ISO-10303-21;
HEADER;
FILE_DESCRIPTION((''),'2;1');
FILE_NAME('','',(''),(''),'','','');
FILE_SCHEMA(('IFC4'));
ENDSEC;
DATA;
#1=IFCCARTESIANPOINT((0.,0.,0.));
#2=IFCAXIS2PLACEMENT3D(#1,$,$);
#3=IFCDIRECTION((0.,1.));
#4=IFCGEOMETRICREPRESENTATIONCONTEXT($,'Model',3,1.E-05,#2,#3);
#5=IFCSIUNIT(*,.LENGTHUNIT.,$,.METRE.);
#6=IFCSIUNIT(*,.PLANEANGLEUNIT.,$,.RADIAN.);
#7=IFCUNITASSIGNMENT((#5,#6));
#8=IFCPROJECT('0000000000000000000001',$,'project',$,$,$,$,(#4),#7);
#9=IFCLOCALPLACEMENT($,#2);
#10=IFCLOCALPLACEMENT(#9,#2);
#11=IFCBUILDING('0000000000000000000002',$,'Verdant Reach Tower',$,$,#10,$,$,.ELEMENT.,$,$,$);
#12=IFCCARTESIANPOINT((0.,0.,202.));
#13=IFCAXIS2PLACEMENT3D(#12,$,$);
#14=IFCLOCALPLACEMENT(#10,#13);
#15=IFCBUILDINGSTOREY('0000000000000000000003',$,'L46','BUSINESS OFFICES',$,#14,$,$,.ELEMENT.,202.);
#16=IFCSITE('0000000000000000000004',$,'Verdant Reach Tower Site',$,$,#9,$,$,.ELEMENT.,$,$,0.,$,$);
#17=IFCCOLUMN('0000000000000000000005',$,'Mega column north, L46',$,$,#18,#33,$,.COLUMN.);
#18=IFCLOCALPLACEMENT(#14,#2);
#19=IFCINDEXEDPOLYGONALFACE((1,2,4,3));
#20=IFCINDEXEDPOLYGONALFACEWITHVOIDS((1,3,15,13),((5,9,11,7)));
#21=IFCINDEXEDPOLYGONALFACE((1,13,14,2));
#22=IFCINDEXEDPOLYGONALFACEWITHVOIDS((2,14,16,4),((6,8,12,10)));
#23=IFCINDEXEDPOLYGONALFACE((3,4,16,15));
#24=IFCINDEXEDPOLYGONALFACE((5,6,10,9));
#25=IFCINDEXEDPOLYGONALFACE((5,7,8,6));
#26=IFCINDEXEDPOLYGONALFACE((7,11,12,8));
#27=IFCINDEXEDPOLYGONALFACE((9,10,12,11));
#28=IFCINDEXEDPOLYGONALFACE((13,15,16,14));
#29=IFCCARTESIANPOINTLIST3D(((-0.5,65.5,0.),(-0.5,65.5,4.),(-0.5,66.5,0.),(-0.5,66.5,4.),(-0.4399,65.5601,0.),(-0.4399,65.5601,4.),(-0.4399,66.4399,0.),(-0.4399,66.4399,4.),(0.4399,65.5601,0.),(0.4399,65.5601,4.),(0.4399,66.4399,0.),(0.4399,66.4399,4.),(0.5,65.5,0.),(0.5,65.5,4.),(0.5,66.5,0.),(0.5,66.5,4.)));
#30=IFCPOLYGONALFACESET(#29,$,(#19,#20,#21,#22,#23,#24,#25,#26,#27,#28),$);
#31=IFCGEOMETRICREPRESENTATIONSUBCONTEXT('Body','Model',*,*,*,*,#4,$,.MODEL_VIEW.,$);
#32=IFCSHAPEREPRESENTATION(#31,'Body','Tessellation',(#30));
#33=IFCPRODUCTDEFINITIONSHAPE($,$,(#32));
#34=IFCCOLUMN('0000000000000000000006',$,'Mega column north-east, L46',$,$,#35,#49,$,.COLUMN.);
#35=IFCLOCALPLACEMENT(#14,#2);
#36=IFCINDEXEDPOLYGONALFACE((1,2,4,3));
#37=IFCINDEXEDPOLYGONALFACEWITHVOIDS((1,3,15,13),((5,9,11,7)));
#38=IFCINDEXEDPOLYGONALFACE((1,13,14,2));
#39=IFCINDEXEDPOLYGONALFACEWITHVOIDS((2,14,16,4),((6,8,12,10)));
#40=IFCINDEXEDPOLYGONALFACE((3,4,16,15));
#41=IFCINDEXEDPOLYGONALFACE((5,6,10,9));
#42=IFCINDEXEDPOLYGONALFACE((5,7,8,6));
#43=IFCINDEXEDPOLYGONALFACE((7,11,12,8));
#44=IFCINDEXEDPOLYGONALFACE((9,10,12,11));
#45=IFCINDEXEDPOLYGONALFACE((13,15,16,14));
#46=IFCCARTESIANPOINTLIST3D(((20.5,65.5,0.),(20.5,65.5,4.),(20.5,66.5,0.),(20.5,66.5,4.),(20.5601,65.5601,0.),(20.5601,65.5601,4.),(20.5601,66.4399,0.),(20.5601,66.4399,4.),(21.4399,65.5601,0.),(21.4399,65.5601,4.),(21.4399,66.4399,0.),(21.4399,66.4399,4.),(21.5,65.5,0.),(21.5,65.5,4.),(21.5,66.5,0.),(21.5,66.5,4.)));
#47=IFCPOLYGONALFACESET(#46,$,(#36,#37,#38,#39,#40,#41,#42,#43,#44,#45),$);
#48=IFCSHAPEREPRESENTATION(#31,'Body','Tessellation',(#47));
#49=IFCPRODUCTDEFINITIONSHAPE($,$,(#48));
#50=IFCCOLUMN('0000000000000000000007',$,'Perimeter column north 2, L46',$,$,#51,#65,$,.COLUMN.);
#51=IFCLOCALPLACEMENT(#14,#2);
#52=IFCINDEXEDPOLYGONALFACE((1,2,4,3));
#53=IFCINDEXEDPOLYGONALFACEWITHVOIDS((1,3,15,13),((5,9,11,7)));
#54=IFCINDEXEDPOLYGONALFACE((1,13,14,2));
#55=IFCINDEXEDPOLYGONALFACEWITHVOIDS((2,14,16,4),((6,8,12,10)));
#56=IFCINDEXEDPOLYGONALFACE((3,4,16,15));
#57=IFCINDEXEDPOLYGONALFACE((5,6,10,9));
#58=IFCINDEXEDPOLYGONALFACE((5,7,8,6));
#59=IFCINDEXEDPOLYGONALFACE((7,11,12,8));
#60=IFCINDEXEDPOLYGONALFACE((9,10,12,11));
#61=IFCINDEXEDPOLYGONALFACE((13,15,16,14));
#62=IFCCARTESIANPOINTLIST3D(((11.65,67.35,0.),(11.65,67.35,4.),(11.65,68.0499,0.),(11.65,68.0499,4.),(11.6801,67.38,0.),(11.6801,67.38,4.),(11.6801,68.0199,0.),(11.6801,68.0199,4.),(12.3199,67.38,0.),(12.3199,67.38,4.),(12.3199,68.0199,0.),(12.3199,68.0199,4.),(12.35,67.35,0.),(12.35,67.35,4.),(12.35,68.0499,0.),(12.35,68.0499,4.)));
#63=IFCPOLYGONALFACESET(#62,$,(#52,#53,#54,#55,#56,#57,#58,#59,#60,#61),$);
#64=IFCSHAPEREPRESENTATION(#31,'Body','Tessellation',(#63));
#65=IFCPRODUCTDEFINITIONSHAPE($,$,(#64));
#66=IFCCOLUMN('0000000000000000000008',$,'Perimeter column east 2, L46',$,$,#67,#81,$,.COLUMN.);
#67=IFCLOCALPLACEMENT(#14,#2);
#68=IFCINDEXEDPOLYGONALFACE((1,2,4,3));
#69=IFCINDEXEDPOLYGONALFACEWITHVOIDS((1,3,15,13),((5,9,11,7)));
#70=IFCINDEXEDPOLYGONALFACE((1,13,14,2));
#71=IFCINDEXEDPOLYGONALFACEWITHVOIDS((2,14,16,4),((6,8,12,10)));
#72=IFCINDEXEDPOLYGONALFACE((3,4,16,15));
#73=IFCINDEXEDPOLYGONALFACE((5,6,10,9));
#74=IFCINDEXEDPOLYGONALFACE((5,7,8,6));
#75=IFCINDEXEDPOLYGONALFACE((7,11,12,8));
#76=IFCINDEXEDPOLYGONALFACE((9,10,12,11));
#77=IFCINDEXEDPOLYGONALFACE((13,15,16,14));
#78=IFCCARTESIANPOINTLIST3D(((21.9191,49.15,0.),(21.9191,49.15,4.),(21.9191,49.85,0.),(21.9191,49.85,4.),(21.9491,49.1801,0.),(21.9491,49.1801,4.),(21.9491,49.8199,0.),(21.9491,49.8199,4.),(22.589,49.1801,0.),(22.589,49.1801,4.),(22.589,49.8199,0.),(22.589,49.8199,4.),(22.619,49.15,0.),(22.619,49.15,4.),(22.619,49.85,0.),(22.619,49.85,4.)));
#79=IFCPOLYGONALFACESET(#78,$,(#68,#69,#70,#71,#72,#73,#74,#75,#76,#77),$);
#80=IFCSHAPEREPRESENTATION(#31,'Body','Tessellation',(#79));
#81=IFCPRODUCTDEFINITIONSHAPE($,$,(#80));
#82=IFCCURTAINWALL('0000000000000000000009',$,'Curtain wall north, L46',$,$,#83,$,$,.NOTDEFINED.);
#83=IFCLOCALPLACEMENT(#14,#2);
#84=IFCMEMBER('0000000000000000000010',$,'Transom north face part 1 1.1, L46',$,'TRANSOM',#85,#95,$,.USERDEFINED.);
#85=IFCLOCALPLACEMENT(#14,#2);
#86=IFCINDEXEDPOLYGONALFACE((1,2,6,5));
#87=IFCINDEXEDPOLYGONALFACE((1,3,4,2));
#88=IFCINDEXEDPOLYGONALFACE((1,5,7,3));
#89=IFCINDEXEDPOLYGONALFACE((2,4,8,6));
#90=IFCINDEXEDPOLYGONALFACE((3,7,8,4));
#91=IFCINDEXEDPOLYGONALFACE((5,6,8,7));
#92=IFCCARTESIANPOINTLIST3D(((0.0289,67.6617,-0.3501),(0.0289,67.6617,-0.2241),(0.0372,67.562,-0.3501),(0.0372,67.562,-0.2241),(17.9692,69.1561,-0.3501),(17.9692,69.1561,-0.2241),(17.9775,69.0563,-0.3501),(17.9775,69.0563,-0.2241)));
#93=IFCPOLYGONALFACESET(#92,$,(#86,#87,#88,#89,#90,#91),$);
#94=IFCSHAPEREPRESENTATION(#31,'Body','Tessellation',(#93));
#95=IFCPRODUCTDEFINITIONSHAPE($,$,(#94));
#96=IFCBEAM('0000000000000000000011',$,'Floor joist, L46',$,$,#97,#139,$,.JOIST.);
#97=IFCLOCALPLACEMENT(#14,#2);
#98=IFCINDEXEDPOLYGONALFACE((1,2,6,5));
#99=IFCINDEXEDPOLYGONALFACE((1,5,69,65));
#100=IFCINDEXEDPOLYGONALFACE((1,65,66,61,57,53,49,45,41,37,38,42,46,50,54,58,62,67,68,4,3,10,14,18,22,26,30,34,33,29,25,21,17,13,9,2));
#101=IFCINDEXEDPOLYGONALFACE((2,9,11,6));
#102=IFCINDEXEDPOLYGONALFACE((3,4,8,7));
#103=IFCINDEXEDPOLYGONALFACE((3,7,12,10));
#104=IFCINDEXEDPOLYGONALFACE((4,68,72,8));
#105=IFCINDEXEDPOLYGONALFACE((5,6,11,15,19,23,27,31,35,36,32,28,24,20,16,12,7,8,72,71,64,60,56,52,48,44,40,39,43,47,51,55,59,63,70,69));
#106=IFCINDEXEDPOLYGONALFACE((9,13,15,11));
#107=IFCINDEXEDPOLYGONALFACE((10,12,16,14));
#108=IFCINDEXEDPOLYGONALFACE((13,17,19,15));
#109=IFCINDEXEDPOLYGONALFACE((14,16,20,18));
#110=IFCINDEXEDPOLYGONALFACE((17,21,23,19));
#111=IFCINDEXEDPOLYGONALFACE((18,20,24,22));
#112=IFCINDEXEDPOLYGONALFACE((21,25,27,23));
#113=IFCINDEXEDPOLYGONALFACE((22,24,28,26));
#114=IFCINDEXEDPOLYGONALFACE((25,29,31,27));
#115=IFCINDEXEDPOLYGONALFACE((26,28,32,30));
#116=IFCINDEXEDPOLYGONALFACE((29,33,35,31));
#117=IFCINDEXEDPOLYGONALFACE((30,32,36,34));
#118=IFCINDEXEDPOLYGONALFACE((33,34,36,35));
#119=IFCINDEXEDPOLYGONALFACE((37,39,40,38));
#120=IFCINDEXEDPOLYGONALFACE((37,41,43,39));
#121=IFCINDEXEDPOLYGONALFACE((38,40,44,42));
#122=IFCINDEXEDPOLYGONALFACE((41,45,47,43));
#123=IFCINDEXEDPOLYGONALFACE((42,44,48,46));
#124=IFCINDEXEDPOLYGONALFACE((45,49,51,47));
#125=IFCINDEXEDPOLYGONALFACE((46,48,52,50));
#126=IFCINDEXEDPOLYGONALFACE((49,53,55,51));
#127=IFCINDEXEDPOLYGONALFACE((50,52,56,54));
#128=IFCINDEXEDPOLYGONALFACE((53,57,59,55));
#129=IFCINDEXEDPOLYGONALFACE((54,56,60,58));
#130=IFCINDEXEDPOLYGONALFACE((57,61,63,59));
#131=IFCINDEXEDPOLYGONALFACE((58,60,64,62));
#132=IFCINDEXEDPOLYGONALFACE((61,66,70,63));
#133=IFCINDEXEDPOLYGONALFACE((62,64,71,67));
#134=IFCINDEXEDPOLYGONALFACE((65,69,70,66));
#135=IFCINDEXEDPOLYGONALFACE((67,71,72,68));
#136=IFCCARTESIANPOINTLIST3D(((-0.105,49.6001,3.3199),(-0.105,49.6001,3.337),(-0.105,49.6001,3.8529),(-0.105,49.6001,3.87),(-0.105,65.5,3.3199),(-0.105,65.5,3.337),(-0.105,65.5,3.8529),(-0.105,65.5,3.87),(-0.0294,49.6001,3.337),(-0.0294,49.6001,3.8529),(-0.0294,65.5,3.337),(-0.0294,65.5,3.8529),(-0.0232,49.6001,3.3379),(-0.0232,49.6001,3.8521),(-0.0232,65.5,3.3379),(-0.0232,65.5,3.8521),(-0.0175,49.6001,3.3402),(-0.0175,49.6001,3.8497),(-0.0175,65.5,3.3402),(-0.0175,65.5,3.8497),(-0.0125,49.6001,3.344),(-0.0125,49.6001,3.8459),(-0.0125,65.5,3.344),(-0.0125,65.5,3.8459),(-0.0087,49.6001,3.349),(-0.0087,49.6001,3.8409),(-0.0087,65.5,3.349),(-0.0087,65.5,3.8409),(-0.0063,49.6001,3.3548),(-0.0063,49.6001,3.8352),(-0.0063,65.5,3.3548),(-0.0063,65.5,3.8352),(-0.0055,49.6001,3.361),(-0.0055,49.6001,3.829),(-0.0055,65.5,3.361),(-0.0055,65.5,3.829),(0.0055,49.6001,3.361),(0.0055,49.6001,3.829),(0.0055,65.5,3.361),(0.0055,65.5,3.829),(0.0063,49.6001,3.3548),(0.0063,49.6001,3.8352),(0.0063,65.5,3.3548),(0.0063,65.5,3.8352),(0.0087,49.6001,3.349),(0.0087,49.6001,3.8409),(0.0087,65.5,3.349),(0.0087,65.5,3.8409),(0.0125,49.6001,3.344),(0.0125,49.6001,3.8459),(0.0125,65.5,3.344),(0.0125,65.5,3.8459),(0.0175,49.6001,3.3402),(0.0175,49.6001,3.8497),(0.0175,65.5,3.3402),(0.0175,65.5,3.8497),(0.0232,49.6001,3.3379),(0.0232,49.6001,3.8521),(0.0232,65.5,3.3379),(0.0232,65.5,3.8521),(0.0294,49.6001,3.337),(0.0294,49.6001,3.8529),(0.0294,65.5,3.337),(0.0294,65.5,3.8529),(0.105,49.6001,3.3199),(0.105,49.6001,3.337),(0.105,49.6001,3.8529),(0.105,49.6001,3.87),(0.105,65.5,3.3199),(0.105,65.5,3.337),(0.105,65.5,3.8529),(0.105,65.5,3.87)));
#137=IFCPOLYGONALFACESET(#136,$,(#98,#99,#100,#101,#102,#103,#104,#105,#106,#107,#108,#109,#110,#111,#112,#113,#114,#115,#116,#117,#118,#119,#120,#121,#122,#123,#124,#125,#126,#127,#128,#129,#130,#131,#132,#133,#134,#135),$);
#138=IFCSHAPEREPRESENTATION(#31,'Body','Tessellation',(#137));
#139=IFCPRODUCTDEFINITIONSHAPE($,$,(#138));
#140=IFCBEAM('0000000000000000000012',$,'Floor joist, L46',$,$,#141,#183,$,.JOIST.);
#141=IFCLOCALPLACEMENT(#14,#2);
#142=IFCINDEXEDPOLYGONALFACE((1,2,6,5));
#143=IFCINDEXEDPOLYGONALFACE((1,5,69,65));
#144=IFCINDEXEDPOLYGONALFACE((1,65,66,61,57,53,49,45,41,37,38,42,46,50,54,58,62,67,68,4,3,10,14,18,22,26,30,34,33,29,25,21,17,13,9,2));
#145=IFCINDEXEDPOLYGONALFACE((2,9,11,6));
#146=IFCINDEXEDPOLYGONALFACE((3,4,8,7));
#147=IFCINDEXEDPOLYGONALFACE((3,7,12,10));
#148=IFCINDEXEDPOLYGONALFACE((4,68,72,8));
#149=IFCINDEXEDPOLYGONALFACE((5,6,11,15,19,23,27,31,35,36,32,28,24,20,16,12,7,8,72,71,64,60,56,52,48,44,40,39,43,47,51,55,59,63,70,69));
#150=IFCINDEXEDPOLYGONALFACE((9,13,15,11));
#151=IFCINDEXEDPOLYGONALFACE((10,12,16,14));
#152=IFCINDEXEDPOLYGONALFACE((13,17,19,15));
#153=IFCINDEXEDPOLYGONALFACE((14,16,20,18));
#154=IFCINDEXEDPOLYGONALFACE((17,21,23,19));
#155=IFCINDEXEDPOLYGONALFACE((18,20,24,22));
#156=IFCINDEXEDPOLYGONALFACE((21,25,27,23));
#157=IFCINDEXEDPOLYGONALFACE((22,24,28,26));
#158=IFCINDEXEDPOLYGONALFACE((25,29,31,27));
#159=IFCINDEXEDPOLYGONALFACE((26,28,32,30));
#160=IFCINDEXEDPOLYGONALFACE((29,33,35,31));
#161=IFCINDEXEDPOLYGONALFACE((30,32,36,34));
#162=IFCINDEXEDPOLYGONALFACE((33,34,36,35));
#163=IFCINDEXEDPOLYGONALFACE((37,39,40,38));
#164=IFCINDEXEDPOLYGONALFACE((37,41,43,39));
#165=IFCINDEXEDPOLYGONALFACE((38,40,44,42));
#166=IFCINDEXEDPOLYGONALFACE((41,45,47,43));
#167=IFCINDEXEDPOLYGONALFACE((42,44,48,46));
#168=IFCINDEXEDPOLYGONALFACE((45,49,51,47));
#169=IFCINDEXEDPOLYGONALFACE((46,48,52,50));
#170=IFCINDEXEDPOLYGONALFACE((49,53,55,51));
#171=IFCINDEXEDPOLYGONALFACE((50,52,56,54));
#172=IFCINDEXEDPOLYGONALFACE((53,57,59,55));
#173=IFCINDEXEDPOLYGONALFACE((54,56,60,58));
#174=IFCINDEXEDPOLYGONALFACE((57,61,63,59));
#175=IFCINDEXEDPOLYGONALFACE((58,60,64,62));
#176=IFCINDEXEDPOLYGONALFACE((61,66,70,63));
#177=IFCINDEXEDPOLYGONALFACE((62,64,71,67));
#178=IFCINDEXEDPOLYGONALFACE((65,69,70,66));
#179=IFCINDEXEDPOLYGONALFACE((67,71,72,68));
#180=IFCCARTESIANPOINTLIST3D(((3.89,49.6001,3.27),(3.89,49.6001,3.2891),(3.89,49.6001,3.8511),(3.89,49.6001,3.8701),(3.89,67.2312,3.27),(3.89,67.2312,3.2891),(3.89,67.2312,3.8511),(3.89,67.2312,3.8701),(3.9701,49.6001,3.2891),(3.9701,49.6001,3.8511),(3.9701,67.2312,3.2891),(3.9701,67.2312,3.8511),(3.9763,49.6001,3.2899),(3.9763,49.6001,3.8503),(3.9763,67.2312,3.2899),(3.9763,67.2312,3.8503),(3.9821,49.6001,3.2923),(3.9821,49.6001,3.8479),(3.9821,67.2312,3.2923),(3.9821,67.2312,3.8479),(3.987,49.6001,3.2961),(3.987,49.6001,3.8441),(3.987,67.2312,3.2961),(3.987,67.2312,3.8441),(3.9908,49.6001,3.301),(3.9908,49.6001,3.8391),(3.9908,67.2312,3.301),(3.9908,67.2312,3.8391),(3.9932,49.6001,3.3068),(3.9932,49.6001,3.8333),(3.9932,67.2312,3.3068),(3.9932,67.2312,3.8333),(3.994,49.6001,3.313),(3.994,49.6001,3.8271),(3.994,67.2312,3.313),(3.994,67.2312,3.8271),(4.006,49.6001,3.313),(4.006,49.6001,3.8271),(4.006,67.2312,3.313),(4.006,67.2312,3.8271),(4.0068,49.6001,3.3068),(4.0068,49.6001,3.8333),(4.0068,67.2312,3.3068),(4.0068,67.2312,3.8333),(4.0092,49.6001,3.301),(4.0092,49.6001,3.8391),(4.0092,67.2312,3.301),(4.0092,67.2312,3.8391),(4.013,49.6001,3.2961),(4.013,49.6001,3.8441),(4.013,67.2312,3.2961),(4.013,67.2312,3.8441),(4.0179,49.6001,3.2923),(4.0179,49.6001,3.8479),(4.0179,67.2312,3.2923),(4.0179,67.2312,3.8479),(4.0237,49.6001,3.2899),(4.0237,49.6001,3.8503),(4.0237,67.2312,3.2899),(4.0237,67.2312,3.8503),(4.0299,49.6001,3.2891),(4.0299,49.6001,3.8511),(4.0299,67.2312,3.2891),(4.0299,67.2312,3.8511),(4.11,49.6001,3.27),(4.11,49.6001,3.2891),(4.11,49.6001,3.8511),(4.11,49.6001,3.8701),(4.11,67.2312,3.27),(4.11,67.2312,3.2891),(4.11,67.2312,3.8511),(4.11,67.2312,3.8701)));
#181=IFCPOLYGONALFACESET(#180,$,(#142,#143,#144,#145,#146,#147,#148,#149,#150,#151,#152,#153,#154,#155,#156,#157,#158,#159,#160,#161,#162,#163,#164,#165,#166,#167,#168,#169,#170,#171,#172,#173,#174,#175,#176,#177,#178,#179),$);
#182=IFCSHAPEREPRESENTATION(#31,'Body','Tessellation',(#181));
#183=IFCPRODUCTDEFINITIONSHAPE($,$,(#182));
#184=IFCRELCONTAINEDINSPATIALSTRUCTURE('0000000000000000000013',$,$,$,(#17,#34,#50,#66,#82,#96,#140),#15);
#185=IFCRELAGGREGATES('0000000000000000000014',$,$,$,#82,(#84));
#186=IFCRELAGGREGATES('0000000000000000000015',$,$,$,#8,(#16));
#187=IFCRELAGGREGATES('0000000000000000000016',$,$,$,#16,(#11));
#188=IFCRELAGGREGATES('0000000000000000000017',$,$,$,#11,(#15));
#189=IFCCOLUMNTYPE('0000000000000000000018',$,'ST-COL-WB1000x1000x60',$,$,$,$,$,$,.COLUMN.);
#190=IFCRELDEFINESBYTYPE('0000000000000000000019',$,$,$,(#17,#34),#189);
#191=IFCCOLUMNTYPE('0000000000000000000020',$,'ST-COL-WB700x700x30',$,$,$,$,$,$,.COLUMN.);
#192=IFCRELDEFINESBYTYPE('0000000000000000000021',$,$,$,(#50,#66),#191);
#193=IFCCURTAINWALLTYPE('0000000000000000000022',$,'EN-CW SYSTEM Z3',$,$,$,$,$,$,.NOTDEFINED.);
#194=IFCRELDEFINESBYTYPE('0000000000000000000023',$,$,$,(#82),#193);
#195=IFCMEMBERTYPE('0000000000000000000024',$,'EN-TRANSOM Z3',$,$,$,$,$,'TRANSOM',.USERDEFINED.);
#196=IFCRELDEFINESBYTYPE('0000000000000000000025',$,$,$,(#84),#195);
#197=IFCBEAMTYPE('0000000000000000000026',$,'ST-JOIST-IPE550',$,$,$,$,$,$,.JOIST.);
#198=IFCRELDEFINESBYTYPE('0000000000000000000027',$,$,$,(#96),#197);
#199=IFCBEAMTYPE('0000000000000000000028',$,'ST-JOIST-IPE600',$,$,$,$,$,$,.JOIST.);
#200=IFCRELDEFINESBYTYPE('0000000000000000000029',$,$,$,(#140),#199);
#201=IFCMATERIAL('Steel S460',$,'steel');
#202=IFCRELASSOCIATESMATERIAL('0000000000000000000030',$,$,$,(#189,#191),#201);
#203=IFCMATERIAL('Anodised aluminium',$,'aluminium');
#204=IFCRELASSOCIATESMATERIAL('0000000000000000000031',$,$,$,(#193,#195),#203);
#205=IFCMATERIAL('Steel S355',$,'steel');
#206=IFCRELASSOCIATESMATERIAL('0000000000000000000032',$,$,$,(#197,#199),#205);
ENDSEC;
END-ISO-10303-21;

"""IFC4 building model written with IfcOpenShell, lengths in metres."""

from ifc_helpers import new_model, si_unit, direction, frame, origin, origin_2d, place, context, subcontext, project, spatial, rectangle, hollow_rectangle, i_section, extrude, material, material_profile, profile_set, type_object, element, aggregate, save


model = new_model("IFC4")

# Units and contexts
model_context = context("Model", 3, precision=1e-05, world=origin(), true_north=direction((0.0, 1.0)))
body_context = subcontext(model_context, "Body", "Model", "MODEL_VIEW")
ifc_project = project(units=[si_unit("LENGTHUNIT", "METRE"), si_unit("PLANEANGLEUNIT", "RADIAN")], contexts=[model_context])

# Site, building, storey
site_placement = place(None, origin())
site = spatial("IfcSite", under=ifc_project, at=site_placement, Name="Verdant Reach Tower Site", CompositionType="ELEMENT", RefElevation=0.0)
building_placement = place(site_placement, origin())
building = spatial("IfcBuilding", under=site, at=building_placement, Name="Verdant Reach Tower", CompositionType="ELEMENT")
storey_placement = place(building_placement, frame((0.0, 0.0, 202.0)))
storey = spatial("IfcBuildingStorey", under=building, at=storey_placement, Name="L46", Description="BUSINESS OFFICES", CompositionType="ELEMENT", Elevation=202.0)

# Columns
ifc_material_1 = material(Name="Steel S460", Category="steel")
ifc_material_profile_1 = material_profile(ifc_material_1, hollow_rectangle(XDim=1.0, YDim=1.0, WallThickness=0.0601, at=origin_2d()), Name="WB 1000x1000x60")
ifc_profile_set_1 = profile_set([ifc_material_profile_1], Name="Steel S460")
column_type_1 = type_object("IfcColumnType", Name="ST-COL-WB1000x1000x60", PredefinedType="COLUMN", material=ifc_profile_set_1)
for number, where, z_axis, x_axis, name in (
    (1, (0.0, 66.0, 0.0), (0.0, 0.0, 1.0), (1.0, 0.0, 0.0), "Mega column north, L46"),
    (2, (21.0, 66.0, 0.0), (0.0, 0.0, 1.0), (1.0, 0.0, 0.0), "Mega column north-east, L46"),
):
    element("IfcColumn", number, at=place(storey_placement, frame(where, z_axis=z_axis, x_axis=x_axis)), inside=storey, type_object=column_type_1, Name=name, PredefinedType="COLUMN", context=body_context, shape_type="SweptSolid", body=[
        extrude(hollow_rectangle(XDim=1.0, YDim=1.0, WallThickness=0.0601, at=origin_2d()), origin(), (0.0, 0.0, 1.0), 4.0),
    ])
ifc_material_profile_2 = material_profile(ifc_material_1, hollow_rectangle(XDim=0.7, YDim=0.7, WallThickness=0.03, at=origin_2d()), Name="WB 700x700x30")
ifc_profile_set_2 = profile_set([ifc_material_profile_2], Name="Steel S460")
column_type_2 = type_object("IfcColumnType", Name="ST-COL-WB700x700x30", PredefinedType="COLUMN", material=ifc_profile_set_2)
for number, where, z_axis, x_axis, name in (
    (3, (12.0, 67.7, 0.0), (0.0, 0.0, 1.0), (1.0, 0.0, 0.0), "Perimeter column north 2, L46"),
    (4, (22.269, 49.5, 0.0), (0.0, 0.0, 1.0), (1.0, 0.0, 0.0), "Perimeter column east 2, L46"),
):
    element("IfcColumn", number, at=place(storey_placement, frame(where, z_axis=z_axis, x_axis=x_axis)), inside=storey, type_object=column_type_2, Name=name, PredefinedType="COLUMN", context=body_context, shape_type="SweptSolid", body=[
        extrude(hollow_rectangle(XDim=0.7, YDim=0.7, WallThickness=0.03, at=origin_2d()), origin(), (0.0, 0.0, 1.0), 4.0),
    ])

# Curtain wall, member
ifc_material_2 = material(Name="Anodised aluminium", Category="aluminium")
curtain_wall_type = type_object("IfcCurtainWallType", Name="EN-CW SYSTEM Z3", PredefinedType="NOTDEFINED", material=ifc_material_2)
curtain_wall_1_placement = place(storey_placement, origin())
curtain_wall_1 = element("IfcCurtainWall", 5, at=curtain_wall_1_placement, inside=storey, type_object=curtain_wall_type, Name="Curtain wall north, L46", PredefinedType="NOTDEFINED")
ifc_material_profile_3 = material_profile(ifc_material_2, rectangle(XDim=0.1001, YDim=0.126, at=origin_2d()), Name="Transom 126x100")
ifc_profile_set_3 = profile_set([ifc_material_profile_3], Name="Anodised aluminium")
member_type = type_object("IfcMemberType", Name="EN-TRANSOM Z3", ElementType="TRANSOM", PredefinedType="USERDEFINED", material=ifc_profile_set_3)
member_placement = place(storey_placement, frame((17.9734, 69.1062, -0.2871), z_axis=(-0.996549, -0.08301, 0.0), x_axis=(0.08301, -0.996549, 0.0)))
member = element("IfcMember", 6, at=member_placement, type_object=member_type, Name="Transom north face part 1 1.1, L46", ObjectType="TRANSOM", PredefinedType="USERDEFINED", context=body_context, shape_type="SweptSolid", body=[
    extrude(rectangle(XDim=0.1001, YDim=0.126, at=origin_2d()), origin(), (0.0, 0.0, 1.0), 18.0024),
])

# Beams
ifc_material_3 = material(Name="Steel S355", Category="steel")
ifc_material_profile_4 = material_profile(ifc_material_3, i_section(OverallWidth=0.21, OverallDepth=0.55, WebThickness=0.011, FlangeThickness=0.0171, FilletRadius=0.0239, at=origin_2d()), Name="IPE 550")
ifc_profile_set_4 = profile_set([ifc_material_profile_4], Name="Steel S355")
beam_type_1 = type_object("IfcBeamType", Name="ST-JOIST-IPE550", PredefinedType="JOIST", material=ifc_profile_set_4)
beam_1_placement = place(storey_placement, frame((0.0, 49.6001, 3.595), z_axis=(0.0, 1.0, 0.0), x_axis=(-1.0, 0.0, 0.0)))
element("IfcBeam", 7, at=beam_1_placement, inside=storey, type_object=beam_type_1, Name="Floor joist, L46", PredefinedType="JOIST", context=body_context, shape_type="SweptSolid", body=[
    extrude(i_section(OverallWidth=0.21, OverallDepth=0.55, WebThickness=0.011, FlangeThickness=0.0171, FilletRadius=0.0239, at=origin_2d()), origin(), (0.0, 0.0, 1.0), 15.8999),
])
ifc_material_profile_5 = material_profile(ifc_material_3, i_section(OverallWidth=0.22, OverallDepth=0.6001, WebThickness=0.012, FlangeThickness=0.019, FilletRadius=0.0239, at=origin_2d()), Name="IPE 600")
ifc_profile_set_5 = profile_set([ifc_material_profile_5], Name="Steel S355")
beam_type_2 = type_object("IfcBeamType", Name="ST-JOIST-IPE600", PredefinedType="JOIST", material=ifc_profile_set_5)
beam_2_placement = place(storey_placement, frame((4.0, 49.6001, 3.5701), z_axis=(0.0, 1.0, 0.0), x_axis=(-1.0, 0.0, 0.0)))
element("IfcBeam", 8, at=beam_2_placement, inside=storey, type_object=beam_type_2, Name="Floor joist, L46", PredefinedType="JOIST", context=body_context, shape_type="SweptSolid", body=[
    extrude(i_section(OverallWidth=0.22, OverallDepth=0.6001, WebThickness=0.012, FlangeThickness=0.019, FilletRadius=0.0239, at=origin_2d()), origin(), (0.0, 0.0, 1.0), 17.6311),
])

aggregate(curtain_wall_1, [member])

save(model, "model.ifc")
